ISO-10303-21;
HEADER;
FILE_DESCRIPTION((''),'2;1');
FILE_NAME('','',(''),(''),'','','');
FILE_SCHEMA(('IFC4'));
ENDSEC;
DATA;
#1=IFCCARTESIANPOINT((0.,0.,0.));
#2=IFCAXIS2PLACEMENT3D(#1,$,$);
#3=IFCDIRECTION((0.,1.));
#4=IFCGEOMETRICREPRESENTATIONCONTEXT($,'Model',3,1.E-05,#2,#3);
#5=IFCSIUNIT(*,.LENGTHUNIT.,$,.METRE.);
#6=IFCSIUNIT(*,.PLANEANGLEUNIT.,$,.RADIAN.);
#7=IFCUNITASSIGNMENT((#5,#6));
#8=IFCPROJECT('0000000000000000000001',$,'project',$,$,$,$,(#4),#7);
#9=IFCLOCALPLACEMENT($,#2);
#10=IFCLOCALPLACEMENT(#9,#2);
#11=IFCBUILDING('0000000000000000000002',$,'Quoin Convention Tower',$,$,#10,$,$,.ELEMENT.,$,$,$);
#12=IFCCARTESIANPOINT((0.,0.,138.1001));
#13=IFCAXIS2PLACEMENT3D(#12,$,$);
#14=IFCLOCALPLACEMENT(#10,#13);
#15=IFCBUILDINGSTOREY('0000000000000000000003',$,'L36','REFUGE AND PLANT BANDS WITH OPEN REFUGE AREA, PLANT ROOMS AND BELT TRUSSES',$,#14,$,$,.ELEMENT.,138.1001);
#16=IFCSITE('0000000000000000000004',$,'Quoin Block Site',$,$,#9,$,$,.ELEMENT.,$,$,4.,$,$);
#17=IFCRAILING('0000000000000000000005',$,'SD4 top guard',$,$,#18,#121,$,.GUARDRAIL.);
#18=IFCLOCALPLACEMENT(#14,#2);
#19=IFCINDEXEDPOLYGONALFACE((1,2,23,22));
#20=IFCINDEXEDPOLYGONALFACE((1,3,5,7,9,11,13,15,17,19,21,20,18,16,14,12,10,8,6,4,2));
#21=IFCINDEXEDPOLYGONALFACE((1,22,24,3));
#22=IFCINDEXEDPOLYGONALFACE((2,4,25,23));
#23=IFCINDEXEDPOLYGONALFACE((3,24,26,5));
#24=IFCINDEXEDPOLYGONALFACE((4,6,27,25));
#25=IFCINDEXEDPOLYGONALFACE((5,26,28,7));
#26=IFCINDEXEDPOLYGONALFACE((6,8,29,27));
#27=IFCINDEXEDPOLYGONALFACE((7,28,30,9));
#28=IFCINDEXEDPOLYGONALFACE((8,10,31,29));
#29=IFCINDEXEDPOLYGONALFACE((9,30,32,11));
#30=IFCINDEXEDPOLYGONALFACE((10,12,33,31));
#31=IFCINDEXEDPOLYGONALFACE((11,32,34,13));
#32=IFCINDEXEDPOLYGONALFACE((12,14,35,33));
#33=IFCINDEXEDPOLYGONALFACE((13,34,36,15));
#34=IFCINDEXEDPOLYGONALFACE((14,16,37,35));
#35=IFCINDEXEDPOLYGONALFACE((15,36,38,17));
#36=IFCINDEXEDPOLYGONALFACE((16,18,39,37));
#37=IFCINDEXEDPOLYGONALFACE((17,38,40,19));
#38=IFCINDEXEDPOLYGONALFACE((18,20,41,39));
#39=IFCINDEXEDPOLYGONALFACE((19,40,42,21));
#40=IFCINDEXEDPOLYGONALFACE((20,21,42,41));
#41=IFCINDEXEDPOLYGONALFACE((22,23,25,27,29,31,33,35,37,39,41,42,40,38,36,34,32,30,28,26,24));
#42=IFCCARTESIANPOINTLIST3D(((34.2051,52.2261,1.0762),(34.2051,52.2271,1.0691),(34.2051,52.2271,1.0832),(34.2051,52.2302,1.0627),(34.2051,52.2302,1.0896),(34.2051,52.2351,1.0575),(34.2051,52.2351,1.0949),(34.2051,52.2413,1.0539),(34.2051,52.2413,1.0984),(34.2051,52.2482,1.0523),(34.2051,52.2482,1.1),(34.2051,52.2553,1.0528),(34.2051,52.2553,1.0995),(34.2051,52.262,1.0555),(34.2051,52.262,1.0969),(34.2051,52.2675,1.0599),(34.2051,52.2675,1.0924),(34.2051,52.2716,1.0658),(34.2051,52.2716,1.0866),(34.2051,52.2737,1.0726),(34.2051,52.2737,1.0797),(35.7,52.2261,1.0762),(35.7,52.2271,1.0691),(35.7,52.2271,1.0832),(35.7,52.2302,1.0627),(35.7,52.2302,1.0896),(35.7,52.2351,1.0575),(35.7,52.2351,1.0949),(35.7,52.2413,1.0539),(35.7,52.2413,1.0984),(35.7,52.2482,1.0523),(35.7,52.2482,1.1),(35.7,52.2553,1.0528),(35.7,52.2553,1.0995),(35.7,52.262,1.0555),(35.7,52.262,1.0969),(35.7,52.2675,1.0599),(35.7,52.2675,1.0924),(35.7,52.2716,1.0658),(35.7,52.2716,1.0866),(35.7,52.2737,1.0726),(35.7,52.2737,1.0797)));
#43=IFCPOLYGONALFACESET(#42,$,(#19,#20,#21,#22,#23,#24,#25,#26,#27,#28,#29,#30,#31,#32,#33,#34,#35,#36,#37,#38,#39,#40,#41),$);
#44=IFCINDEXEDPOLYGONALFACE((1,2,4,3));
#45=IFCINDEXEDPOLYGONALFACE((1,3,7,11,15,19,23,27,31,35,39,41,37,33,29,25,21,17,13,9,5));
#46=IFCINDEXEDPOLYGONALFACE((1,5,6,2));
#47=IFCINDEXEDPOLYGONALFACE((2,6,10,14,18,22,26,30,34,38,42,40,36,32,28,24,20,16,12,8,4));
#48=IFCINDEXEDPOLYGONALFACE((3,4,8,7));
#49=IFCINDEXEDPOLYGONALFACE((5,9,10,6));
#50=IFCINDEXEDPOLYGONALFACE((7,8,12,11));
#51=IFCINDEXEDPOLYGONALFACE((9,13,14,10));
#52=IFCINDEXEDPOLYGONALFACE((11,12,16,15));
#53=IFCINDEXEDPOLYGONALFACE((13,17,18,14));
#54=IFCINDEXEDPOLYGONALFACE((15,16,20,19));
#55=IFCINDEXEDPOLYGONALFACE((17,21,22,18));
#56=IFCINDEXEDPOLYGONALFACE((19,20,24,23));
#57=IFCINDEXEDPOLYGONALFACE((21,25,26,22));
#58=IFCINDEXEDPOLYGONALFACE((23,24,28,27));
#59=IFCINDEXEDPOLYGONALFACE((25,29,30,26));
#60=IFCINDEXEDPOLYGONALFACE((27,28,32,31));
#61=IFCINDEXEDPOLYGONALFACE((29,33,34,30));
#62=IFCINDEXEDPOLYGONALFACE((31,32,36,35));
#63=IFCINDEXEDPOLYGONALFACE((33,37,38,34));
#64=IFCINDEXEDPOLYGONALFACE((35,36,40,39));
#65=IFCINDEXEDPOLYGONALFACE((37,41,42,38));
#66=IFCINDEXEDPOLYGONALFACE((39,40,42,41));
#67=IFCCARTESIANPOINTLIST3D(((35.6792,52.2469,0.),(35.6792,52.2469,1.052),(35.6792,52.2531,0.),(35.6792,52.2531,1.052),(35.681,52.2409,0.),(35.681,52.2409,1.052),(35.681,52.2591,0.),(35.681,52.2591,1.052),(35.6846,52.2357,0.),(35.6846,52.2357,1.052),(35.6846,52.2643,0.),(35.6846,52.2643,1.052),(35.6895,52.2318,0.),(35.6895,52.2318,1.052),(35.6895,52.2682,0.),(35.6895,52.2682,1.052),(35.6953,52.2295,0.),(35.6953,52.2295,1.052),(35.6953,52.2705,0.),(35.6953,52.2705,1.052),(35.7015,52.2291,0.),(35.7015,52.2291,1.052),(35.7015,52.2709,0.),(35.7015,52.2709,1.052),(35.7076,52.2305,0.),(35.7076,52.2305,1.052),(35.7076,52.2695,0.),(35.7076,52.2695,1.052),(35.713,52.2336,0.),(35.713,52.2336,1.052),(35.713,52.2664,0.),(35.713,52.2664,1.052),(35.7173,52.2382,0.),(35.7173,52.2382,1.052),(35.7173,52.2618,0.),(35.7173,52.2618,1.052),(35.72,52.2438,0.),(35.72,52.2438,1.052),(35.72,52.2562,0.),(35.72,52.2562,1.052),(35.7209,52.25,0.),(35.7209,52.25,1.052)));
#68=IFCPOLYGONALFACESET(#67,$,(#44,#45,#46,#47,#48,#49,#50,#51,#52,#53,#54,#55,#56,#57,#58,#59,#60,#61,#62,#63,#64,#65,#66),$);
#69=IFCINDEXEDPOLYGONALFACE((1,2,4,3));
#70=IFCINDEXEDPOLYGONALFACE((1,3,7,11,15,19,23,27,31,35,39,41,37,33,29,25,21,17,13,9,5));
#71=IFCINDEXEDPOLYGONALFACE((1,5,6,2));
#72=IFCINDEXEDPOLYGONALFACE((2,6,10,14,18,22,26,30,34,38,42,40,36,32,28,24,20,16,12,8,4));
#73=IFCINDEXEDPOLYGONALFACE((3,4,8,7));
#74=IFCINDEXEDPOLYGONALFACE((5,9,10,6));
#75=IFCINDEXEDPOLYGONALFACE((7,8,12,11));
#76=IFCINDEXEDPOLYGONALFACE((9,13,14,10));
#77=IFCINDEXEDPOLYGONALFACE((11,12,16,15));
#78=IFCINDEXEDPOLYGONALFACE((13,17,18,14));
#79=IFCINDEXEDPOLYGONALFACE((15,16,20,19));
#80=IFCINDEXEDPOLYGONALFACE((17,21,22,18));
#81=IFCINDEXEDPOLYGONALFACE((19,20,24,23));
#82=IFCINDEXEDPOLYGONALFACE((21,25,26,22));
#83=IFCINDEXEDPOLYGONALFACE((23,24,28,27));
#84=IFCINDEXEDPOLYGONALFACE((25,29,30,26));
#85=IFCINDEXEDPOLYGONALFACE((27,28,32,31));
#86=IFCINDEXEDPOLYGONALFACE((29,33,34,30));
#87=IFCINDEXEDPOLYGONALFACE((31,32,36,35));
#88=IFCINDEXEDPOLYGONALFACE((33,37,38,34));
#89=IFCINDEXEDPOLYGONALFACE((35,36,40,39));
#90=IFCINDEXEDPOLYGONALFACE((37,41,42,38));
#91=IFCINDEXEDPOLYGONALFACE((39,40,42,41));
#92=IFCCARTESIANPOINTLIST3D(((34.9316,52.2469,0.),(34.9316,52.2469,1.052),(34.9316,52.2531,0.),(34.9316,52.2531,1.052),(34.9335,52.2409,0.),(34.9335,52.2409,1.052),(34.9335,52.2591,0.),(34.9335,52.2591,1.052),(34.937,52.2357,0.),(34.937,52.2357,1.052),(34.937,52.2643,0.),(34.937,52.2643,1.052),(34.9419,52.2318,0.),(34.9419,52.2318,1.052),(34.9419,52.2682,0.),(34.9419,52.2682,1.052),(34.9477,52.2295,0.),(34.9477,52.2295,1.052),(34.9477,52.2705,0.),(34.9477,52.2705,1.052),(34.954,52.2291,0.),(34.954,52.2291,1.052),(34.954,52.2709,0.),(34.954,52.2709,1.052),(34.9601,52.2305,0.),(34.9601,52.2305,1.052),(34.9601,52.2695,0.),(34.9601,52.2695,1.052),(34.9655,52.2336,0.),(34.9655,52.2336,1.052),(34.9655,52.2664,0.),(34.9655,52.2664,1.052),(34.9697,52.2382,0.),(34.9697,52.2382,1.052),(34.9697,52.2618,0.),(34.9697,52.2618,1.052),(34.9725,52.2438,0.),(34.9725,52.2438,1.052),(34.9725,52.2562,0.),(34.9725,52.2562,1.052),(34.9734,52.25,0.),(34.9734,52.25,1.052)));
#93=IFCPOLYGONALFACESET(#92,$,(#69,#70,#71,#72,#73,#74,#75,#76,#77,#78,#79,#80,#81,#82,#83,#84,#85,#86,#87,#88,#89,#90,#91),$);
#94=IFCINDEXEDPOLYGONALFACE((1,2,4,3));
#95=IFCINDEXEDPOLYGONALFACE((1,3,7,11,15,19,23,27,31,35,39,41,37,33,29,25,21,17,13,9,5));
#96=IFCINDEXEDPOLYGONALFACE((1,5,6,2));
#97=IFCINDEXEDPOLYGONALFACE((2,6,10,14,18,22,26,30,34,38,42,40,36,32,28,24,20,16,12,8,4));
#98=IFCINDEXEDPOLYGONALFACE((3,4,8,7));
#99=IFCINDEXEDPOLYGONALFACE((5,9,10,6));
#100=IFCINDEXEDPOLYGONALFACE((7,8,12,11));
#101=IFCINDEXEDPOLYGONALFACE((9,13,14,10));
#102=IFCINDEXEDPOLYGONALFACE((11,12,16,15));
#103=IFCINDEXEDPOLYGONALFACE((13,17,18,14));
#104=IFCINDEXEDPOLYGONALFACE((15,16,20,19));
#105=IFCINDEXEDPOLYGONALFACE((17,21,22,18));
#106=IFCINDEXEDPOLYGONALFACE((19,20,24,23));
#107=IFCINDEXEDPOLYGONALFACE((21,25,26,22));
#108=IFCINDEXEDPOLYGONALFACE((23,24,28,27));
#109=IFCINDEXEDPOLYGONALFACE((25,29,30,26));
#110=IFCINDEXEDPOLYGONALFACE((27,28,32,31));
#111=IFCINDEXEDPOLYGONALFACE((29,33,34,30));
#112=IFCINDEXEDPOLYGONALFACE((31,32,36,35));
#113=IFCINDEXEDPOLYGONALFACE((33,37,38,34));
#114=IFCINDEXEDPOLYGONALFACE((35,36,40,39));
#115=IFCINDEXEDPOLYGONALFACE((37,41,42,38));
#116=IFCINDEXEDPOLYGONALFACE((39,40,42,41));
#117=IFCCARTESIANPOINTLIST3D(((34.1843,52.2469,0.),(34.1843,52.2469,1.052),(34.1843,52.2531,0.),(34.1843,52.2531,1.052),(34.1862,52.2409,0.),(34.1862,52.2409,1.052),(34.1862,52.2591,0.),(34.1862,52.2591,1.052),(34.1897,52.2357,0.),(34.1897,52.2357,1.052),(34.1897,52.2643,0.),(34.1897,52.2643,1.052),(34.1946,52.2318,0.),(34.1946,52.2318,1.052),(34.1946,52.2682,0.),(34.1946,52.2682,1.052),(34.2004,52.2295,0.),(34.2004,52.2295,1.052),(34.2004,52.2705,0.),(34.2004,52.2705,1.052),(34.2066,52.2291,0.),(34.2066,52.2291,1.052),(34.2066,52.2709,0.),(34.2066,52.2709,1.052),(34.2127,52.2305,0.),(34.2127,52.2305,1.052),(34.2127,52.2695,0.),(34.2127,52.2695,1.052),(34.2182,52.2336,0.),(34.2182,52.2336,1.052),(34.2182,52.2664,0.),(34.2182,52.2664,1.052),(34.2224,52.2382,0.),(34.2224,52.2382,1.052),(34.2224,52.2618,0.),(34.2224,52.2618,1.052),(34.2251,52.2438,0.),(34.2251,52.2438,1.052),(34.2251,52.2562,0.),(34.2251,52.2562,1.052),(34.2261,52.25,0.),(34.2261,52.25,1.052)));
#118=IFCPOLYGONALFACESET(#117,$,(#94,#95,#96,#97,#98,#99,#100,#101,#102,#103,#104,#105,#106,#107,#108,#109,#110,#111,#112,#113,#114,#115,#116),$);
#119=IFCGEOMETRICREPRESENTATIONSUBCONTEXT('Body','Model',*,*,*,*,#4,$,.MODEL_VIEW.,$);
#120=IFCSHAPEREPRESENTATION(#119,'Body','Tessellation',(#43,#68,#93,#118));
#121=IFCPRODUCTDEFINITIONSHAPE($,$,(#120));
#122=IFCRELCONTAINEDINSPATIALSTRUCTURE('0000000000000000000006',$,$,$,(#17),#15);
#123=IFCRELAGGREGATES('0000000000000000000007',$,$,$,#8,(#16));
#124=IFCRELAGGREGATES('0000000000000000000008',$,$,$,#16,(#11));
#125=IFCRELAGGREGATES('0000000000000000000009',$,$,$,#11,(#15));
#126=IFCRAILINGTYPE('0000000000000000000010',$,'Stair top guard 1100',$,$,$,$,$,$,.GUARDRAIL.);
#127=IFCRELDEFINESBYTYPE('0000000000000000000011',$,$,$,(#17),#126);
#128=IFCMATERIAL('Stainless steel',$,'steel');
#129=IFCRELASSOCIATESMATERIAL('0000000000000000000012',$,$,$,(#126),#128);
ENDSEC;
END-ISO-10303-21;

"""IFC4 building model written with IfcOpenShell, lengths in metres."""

from ifc_helpers import new_model, si_unit, direction, frame, origin, origin_2d, place, context, subcontext, project, spatial, circle, extrude, material, type_object, element, save


model = new_model("IFC4")

# Units and contexts
model_context = context("Model", 3, precision=1e-05, world=origin(), true_north=direction((0.0, 1.0)))
body_context = subcontext(model_context, "Body", "Model", "MODEL_VIEW")
ifc_project = project(units=[si_unit("LENGTHUNIT", "METRE"), si_unit("PLANEANGLEUNIT", "RADIAN")], contexts=[model_context])

# Site, building, storey
site_placement = place(None, origin())
site = spatial("IfcSite", under=ifc_project, at=site_placement, Name="Quoin Block Site", CompositionType="ELEMENT", RefElevation=4.0)
building_placement = place(site_placement, origin())
building = spatial("IfcBuilding", under=site, at=building_placement, Name="Quoin Convention Tower", CompositionType="ELEMENT")
storey_placement = place(building_placement, frame((0.0, 0.0, 138.1001)))
storey = spatial("IfcBuildingStorey", under=building, at=storey_placement, Name="L36", Description="REFUGE AND PLANT BANDS WITH OPEN REFUGE AREA, PLANT ROOMS AND BELT TRUSSES", CompositionType="ELEMENT", Elevation=138.1001)

# Railing
ifc_material_1 = material(Name="Stainless steel", Category="steel")
railing_type = type_object("IfcRailingType", Name="Stair top guard 1100", PredefinedType="GUARDRAIL", material=ifc_material_1)
railing_placement = place(storey_placement, frame((35.7, 52.25, 0.0)))
element("IfcRailing", 1, at=railing_placement, inside=storey, type_object=railing_type, Name="SD4 top guard", PredefinedType="GUARDRAIL", context=body_context, shape_type="SweptSolid", body=[
    extrude(circle(Radius=0.0239, at=origin_2d()), frame((0.0, 0.0, 1.0762), z_axis=(-1.0, 0.0, 0.0), x_axis=(0.0, -1.0, 0.0)), (0.0, 0.0, 1.0), 1.4949),
    extrude(circle(Radius=0.021, at=origin_2d()), origin(), (0.0, 0.0, 1.0), 1.052),
    extrude(circle(Radius=0.021, at=origin_2d()), frame((-0.7476, 0.0, 0.0)), (0.0, 0.0, 1.0), 1.052),
    extrude(circle(Radius=0.021, at=origin_2d()), frame((-1.4949, 0.0, 0.0)), (0.0, 0.0, 1.0), 1.052),
])

save(model, "model.ifc")
